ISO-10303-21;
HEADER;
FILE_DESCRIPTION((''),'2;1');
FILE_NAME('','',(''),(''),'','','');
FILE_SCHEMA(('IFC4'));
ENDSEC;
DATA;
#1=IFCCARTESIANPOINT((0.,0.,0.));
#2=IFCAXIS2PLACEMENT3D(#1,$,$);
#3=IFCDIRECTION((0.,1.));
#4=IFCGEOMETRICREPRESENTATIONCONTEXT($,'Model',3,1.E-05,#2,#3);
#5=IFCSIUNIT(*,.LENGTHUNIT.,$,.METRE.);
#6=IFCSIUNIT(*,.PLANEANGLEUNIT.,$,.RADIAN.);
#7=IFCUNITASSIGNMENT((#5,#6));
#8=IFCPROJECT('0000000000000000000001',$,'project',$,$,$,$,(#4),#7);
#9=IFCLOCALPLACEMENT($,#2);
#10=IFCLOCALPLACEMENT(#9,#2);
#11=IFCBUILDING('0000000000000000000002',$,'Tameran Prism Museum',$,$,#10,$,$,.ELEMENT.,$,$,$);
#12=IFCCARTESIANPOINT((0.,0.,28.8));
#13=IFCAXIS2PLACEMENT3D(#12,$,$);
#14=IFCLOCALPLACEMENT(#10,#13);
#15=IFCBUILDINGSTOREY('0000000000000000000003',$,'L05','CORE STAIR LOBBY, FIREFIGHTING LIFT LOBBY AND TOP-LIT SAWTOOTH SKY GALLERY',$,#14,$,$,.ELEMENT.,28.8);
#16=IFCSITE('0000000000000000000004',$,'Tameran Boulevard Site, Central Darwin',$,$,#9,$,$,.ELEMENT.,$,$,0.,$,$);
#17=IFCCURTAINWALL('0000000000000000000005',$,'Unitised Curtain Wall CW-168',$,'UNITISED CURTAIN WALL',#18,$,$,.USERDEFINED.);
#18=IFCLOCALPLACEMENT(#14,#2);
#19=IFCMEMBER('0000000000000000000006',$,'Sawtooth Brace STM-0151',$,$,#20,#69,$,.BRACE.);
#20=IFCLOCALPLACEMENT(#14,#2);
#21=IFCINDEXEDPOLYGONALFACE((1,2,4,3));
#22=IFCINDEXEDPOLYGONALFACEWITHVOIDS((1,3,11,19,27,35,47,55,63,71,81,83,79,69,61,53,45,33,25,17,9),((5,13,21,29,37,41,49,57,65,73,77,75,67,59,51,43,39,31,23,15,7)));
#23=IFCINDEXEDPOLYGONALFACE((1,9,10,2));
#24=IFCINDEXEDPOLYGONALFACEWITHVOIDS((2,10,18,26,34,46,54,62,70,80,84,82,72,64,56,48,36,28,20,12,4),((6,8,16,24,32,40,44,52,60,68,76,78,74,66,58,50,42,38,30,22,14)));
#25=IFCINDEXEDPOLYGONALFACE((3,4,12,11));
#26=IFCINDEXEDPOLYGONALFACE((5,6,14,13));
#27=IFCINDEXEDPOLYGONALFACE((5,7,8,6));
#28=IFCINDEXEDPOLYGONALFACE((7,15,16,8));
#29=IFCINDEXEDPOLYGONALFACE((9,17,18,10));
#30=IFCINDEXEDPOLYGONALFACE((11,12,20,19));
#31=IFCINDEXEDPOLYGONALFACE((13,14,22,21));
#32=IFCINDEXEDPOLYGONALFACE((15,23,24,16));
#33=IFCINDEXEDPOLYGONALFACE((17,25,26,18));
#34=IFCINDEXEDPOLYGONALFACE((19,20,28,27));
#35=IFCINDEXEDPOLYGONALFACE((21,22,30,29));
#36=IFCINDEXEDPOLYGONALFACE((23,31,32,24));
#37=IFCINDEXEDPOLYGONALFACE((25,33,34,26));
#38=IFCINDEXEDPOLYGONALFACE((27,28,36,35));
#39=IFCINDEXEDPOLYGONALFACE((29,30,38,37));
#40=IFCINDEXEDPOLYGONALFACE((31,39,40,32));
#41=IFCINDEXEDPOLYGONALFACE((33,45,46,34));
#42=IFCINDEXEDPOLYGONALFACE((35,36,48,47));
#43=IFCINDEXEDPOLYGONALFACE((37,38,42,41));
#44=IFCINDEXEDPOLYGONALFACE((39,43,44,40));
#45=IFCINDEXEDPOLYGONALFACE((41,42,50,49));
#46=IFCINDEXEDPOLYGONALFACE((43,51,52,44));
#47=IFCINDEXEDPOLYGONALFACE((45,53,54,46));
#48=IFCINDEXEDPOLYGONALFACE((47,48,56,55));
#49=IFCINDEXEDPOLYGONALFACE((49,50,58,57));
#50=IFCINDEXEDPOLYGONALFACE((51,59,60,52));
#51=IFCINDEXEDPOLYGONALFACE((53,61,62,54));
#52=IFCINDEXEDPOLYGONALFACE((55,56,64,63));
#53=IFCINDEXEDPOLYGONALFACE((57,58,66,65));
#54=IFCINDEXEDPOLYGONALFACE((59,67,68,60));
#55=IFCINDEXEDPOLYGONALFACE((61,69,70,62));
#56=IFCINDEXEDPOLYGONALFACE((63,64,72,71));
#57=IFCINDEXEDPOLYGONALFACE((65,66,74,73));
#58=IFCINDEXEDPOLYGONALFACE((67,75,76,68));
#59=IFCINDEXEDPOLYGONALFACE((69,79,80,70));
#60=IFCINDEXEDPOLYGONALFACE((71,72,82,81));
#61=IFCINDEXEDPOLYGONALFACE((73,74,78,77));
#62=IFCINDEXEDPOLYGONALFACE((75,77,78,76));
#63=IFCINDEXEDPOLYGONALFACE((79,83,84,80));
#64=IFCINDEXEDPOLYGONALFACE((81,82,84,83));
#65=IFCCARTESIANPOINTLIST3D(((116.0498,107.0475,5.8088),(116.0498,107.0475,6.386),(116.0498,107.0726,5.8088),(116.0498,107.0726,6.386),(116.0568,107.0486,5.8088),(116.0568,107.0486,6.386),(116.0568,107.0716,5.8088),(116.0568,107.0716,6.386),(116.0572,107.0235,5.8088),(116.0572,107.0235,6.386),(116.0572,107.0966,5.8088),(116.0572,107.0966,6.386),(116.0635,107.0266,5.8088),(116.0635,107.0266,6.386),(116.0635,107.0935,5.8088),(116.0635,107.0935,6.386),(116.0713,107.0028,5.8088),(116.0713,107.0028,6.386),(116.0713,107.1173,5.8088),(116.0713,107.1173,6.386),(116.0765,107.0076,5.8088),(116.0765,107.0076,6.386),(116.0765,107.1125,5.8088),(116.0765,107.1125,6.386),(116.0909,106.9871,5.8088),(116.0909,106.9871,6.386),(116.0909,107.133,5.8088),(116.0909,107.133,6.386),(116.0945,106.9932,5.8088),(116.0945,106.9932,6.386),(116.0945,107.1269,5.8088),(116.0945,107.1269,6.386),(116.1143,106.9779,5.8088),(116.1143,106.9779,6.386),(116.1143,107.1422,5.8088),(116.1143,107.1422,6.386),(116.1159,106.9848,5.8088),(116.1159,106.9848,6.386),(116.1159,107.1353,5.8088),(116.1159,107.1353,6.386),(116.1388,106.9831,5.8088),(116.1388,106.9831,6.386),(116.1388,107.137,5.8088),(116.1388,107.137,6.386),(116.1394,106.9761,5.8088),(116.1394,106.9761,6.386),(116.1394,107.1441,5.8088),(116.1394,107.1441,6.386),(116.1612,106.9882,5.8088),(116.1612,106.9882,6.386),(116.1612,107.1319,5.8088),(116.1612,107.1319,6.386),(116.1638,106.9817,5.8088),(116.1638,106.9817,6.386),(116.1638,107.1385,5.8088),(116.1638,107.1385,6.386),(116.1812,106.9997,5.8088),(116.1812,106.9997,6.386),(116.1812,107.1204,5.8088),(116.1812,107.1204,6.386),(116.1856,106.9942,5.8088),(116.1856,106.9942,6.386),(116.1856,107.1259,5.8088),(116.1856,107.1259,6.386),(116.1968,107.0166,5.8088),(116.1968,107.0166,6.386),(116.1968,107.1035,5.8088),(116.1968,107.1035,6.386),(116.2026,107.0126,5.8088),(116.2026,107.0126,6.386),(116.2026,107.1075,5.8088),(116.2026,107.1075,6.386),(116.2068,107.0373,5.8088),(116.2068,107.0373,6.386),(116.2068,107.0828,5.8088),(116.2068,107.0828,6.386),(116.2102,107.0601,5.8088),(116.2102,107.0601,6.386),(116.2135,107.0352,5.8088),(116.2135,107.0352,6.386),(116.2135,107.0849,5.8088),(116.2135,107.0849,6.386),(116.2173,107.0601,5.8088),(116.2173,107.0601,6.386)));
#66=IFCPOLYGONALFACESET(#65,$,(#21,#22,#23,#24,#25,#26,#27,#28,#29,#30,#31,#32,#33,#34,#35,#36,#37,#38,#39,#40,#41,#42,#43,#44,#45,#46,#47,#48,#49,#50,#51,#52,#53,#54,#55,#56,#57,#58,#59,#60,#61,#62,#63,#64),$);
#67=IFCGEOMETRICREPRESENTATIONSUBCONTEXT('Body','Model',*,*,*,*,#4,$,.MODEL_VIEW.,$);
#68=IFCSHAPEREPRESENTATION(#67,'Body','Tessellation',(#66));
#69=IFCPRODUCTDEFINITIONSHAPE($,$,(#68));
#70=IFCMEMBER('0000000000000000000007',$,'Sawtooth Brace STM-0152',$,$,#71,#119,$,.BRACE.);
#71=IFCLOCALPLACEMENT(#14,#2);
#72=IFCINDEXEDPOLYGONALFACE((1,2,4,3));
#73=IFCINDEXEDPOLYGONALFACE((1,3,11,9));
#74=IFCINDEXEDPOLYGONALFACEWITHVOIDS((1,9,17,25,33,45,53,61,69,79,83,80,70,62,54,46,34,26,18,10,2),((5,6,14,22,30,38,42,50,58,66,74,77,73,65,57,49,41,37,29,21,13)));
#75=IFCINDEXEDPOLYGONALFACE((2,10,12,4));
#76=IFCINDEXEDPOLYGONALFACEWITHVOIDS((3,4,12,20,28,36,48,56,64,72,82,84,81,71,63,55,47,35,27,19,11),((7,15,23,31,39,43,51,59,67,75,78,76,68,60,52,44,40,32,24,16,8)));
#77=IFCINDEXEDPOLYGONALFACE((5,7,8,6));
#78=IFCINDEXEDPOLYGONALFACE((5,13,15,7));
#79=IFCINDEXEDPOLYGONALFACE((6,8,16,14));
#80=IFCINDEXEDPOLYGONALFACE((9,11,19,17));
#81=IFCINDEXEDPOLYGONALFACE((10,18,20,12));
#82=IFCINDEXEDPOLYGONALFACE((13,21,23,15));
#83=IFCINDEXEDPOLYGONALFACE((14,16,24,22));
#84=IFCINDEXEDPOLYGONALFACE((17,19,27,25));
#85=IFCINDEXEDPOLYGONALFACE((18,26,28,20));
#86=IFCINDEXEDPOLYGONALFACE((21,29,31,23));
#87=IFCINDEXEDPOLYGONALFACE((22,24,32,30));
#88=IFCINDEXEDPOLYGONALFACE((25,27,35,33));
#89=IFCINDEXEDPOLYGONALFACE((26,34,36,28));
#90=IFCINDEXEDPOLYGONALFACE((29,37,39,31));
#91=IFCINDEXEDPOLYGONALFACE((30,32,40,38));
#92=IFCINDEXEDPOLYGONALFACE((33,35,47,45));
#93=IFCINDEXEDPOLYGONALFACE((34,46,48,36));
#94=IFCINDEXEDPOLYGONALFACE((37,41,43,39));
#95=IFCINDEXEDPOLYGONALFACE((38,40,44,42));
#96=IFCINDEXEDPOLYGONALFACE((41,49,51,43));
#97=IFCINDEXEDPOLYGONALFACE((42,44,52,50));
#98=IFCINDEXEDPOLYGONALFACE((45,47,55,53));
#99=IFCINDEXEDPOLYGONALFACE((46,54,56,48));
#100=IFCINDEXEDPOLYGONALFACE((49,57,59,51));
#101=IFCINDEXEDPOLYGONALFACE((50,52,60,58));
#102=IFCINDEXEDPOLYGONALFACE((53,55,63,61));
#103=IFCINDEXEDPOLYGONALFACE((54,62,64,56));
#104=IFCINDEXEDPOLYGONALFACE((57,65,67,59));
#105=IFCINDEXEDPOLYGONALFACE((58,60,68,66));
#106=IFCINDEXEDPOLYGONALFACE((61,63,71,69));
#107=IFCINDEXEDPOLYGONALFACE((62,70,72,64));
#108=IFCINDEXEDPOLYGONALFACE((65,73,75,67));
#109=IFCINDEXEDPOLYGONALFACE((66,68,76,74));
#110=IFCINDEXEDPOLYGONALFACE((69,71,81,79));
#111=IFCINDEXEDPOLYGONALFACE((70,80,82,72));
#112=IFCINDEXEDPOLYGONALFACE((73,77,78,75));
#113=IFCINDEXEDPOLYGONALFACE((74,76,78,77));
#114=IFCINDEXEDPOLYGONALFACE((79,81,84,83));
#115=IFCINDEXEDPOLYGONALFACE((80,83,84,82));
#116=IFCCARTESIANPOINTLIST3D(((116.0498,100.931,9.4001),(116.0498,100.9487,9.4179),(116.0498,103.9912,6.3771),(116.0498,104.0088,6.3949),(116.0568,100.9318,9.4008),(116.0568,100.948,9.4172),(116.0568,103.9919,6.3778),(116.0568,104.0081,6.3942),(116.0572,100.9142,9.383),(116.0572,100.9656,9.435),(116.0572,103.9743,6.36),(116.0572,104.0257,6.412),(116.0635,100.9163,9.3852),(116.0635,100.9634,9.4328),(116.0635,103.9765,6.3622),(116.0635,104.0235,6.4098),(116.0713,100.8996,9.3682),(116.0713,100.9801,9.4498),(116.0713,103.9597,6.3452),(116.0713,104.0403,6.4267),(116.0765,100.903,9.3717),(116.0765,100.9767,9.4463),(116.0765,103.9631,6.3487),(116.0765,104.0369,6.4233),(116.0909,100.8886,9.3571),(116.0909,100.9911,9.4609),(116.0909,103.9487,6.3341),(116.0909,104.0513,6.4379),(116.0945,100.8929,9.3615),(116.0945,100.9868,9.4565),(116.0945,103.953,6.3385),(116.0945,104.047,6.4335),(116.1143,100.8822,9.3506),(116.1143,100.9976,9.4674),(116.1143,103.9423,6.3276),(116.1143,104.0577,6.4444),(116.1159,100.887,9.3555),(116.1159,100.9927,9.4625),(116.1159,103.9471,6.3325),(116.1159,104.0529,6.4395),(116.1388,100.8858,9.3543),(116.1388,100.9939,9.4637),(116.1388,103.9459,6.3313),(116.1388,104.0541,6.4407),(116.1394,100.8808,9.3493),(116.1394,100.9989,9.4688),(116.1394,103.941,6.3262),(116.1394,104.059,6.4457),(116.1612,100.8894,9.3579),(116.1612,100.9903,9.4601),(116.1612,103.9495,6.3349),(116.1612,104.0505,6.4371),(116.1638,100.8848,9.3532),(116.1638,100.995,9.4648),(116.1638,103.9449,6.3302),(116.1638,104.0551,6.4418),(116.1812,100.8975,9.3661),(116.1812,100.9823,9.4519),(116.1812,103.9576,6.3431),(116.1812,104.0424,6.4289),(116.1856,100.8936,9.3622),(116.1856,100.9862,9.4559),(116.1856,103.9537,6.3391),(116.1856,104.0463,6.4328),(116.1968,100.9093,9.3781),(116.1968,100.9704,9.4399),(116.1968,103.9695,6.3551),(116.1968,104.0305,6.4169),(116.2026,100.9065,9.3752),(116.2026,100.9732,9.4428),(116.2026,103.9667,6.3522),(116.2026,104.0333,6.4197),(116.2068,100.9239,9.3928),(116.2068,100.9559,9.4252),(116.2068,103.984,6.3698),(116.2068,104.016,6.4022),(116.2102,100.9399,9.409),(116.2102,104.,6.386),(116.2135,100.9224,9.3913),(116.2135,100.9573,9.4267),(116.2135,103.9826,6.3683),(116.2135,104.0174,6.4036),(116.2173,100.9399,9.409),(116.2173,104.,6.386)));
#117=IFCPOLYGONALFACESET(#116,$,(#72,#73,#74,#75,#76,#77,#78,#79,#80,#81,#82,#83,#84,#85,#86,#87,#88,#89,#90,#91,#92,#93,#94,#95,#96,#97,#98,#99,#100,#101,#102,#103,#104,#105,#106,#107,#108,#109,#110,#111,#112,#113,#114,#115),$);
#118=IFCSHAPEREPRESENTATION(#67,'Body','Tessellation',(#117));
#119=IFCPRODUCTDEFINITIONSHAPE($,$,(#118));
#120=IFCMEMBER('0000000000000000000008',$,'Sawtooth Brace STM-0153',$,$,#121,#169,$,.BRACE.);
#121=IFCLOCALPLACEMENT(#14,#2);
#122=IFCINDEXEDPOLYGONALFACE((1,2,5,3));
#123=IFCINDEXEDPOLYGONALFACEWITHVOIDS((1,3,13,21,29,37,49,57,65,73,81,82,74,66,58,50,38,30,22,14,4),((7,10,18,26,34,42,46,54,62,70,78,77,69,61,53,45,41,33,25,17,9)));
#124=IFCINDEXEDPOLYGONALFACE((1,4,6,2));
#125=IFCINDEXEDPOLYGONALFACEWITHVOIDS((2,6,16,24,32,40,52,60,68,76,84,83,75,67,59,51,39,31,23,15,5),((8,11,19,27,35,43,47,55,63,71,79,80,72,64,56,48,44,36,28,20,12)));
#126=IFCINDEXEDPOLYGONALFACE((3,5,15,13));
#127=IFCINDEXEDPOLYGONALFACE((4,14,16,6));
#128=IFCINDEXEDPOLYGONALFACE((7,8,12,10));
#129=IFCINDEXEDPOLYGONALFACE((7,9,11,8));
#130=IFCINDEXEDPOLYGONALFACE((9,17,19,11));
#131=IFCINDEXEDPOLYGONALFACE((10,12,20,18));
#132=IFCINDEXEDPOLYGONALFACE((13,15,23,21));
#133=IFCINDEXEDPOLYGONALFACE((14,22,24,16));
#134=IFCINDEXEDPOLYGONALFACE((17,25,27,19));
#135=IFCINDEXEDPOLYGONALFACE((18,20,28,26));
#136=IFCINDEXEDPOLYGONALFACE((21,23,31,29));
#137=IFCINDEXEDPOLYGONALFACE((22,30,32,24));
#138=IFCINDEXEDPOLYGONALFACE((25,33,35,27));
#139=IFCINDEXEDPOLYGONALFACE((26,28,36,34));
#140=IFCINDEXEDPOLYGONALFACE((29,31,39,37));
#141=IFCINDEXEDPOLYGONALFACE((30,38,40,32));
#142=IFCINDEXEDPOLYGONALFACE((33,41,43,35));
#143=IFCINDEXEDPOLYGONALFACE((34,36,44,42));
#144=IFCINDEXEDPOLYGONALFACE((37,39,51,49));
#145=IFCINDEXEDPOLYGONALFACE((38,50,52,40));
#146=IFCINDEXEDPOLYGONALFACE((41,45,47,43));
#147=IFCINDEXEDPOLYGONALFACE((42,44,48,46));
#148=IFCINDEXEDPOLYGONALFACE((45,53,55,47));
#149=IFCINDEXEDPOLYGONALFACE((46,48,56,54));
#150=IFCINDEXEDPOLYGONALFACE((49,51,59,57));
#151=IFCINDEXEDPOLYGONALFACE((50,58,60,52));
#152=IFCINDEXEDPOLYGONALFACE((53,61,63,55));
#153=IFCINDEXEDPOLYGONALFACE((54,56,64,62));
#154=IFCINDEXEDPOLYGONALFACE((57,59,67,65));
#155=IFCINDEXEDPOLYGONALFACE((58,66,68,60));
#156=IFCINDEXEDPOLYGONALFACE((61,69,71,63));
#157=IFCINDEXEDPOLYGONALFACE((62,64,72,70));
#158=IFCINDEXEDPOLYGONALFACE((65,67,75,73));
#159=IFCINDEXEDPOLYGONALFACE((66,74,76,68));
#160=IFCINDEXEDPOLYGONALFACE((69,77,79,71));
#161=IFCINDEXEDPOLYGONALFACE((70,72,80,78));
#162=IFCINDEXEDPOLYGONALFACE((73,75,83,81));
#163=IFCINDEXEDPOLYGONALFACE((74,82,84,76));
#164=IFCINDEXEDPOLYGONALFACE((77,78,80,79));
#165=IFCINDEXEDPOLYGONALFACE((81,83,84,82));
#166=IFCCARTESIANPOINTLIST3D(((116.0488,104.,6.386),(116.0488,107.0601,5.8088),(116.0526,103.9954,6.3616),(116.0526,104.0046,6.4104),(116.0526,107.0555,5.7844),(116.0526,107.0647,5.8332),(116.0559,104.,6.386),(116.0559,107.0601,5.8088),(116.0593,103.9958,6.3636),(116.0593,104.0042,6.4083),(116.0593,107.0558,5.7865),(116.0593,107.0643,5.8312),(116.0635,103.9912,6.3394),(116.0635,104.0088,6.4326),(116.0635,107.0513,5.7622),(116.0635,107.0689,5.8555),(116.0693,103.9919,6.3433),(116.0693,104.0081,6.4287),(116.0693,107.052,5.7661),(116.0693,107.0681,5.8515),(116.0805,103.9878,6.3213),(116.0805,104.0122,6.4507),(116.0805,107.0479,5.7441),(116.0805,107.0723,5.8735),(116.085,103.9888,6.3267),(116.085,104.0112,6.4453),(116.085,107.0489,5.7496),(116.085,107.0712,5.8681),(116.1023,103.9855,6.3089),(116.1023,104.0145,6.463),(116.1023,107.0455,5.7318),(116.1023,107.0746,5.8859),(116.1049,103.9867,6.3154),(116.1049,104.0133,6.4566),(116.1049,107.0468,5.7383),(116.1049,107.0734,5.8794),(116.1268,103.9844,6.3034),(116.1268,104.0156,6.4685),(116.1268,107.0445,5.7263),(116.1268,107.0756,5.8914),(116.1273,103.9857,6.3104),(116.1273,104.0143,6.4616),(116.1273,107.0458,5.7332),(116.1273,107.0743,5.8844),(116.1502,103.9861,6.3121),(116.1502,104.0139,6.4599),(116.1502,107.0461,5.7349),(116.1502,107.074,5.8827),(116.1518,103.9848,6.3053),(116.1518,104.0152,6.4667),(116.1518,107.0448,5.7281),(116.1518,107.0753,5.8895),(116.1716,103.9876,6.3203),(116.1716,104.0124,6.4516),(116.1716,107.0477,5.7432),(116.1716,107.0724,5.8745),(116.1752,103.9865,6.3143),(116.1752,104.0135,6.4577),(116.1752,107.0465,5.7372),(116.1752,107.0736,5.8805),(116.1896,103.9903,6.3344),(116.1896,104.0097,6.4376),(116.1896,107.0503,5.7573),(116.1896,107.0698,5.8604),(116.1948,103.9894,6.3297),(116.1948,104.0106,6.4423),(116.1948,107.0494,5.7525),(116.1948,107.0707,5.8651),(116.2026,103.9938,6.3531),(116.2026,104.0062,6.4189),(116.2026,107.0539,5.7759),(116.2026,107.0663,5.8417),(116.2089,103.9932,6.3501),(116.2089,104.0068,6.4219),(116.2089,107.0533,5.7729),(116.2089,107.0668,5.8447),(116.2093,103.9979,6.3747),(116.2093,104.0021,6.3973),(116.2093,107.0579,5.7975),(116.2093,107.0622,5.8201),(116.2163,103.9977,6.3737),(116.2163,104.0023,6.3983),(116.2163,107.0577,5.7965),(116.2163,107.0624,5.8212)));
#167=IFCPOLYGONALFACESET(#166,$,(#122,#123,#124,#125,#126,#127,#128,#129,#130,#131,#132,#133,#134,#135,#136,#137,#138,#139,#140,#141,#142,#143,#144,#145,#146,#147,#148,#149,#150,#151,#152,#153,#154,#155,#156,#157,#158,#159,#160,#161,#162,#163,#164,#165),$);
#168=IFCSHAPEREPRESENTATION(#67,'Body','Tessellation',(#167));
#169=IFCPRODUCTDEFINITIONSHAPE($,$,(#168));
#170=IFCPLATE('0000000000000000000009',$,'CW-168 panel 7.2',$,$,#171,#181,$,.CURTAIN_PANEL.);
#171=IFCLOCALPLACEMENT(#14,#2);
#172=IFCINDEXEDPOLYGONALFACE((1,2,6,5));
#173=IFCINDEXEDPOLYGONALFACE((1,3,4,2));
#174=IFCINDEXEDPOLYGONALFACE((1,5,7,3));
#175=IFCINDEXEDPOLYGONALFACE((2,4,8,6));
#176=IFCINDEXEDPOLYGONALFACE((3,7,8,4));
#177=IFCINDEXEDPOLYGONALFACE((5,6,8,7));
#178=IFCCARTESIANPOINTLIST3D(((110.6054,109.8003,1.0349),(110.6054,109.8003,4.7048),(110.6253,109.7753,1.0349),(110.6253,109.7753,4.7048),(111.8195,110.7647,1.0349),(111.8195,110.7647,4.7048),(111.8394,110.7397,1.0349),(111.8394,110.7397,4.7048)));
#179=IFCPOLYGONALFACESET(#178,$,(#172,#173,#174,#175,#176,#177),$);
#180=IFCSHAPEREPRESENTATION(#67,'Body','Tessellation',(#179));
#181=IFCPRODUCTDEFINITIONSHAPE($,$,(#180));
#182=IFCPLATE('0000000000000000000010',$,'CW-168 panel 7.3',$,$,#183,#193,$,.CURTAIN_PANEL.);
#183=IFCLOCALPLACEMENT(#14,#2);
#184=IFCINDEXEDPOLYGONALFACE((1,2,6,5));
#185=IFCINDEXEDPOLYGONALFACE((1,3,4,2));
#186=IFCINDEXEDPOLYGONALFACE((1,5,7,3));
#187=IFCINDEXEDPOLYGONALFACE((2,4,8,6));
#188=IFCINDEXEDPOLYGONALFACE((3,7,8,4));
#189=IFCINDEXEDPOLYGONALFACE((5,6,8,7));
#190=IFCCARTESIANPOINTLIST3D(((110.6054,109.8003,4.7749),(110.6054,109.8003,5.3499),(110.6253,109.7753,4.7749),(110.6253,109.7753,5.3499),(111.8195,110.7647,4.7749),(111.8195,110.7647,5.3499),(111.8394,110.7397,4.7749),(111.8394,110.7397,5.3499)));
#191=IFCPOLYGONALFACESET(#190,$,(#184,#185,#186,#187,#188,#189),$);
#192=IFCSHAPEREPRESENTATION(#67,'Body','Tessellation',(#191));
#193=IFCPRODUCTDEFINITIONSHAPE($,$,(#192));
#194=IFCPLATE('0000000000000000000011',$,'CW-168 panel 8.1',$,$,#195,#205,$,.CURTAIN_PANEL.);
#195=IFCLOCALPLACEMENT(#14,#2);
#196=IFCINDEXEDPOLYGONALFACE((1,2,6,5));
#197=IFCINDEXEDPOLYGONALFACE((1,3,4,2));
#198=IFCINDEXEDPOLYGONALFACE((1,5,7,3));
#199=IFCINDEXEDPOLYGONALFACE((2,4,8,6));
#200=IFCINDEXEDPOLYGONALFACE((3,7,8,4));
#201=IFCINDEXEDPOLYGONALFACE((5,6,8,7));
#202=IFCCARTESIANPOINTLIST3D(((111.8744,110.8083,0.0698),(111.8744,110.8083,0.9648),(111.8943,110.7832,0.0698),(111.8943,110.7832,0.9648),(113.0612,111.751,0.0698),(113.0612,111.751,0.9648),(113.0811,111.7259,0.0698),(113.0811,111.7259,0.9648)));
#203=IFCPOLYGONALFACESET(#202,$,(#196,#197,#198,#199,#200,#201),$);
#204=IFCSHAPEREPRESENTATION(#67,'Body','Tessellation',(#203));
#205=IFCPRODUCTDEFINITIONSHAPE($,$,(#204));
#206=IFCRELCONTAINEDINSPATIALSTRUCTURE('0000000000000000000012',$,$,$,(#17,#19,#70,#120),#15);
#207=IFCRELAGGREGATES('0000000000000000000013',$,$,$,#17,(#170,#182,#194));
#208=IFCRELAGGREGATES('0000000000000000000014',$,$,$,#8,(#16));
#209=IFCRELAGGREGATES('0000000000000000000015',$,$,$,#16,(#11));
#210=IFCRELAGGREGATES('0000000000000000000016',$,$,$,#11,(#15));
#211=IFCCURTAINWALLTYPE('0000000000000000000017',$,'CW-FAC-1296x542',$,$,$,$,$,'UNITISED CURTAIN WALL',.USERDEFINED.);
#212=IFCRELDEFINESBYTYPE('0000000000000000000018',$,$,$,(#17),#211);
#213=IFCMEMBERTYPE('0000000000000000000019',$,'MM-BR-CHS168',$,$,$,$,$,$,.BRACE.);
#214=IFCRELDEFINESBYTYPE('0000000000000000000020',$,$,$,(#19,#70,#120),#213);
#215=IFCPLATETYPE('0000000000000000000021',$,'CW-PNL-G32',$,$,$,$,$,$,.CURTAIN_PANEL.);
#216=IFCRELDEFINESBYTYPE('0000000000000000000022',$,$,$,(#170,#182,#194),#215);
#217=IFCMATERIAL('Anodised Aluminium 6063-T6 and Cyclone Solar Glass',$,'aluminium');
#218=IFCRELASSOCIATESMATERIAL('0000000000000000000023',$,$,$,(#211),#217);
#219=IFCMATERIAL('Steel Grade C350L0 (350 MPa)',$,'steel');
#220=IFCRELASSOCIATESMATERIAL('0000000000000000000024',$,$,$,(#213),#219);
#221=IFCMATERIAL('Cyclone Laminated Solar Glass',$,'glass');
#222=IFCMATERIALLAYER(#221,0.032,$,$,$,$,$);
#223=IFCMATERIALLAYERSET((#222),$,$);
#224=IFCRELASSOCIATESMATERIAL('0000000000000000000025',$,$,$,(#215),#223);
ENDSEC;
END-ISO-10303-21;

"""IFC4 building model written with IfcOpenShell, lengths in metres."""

from ifc_helpers import new_model, si_unit, direction, frame, origin, origin_2d, place, context, subcontext, project, spatial, rectangle, hollow_circle, extrude, material, layer, layer_set, material_profile, profile_set, type_object, element, aggregate, save


model = new_model("IFC4")

# Units and contexts
model_context = context("Model", 3, precision=1e-05, world=origin(), true_north=direction((0.0, 1.0)))
body_context = subcontext(model_context, "Body", "Model", "MODEL_VIEW")
ifc_project = project(units=[si_unit("LENGTHUNIT", "METRE"), si_unit("PLANEANGLEUNIT", "RADIAN")], contexts=[model_context])

# Site, building, storey
site_placement = place(None, origin())
site = spatial("IfcSite", under=ifc_project, at=site_placement, Name="Tameran Boulevard Site, Central Darwin", CompositionType="ELEMENT", RefElevation=0.0)
building_placement = place(site_placement, origin())
building = spatial("IfcBuilding", under=site, at=building_placement, Name="Tameran Prism Museum", CompositionType="ELEMENT")
storey_placement = place(building_placement, frame((0.0, 0.0, 28.8)))
storey = spatial("IfcBuildingStorey", under=building, at=storey_placement, Name="L05", Description="CORE STAIR LOBBY, FIREFIGHTING LIFT LOBBY AND TOP-LIT SAWTOOTH SKY GALLERY", CompositionType="ELEMENT", Elevation=28.8)

# Curtain wall
ifc_material_1 = material(Name="Anodised Aluminium 6063-T6 and Cyclone Solar Glass", Category="aluminium")
curtain_wall_type = type_object("IfcCurtainWallType", Name="CW-FAC-1296x542", ElementType="UNITISED CURTAIN WALL", PredefinedType="USERDEFINED", material=ifc_material_1)
curtain_wall_placement = place(storey_placement, origin())
curtain_wall = element("IfcCurtainWall", 1, at=curtain_wall_placement, inside=storey, type_object=curtain_wall_type, Name="Unitised Curtain Wall CW-168", ObjectType="UNITISED CURTAIN WALL", PredefinedType="USERDEFINED")

# Members
ifc_material_2 = material(Name="Steel Grade C350L0 (350 MPa)", Category="steel")
ifc_material_profile_1 = material_profile(ifc_material_2, hollow_circle(Radius=0.0842, WallThickness=0.0071, at=origin_2d()))
ifc_profile_set_1 = profile_set([ifc_material_profile_1])
member_type_1 = type_object("IfcMemberType", Name="MM-BR-CHS168", PredefinedType="BRACE", material=ifc_profile_set_1)
member_1_placement = place(storey_placement, frame((116.1331, 107.0601, 6.386), z_axis=(0.0, 0.0, -1.0), x_axis=(1.0, 0.0, 0.0)))
element("IfcMember", 2, at=member_1_placement, inside=storey, type_object=member_type_1, Name="Sawtooth Brace STM-0151", PredefinedType="BRACE", context=body_context, shape_type="SweptSolid", body=[
    extrude(hollow_circle(Radius=0.0842, WallThickness=0.0071, at=origin_2d()), origin(), (0.0, 0.0, 1.0), 0.5771),
])
member_2_placement = place(storey_placement, frame((116.1331, 104.0, 6.386), z_axis=(0.0, -0.711407, 0.70278), x_axis=(1.0, 0.0, 0.0)))
element("IfcMember", 3, at=member_2_placement, inside=storey, type_object=member_type_1, Name="Sawtooth Brace STM-0152", PredefinedType="BRACE", context=body_context, shape_type="SweptSolid", body=[
    extrude(hollow_circle(Radius=0.0842, WallThickness=0.0071, at=origin_2d()), origin(), (0.0, 0.0, 1.0), 4.3015),
])
member_3_placement = place(storey_placement, frame((116.1331, 104.0, 6.386), z_axis=(0.0, 0.982675, -0.185339), x_axis=(-1.0, 0.0, 0.0)))
element("IfcMember", 4, at=member_3_placement, inside=storey, type_object=member_type_1, Name="Sawtooth Brace STM-0153", PredefinedType="BRACE", context=body_context, shape_type="SweptSolid", body=[
    extrude(hollow_circle(Radius=0.0842, WallThickness=0.0071, at=origin_2d()), origin(), (0.0, 0.0, 1.0), 3.114),
])

# Plates
ifc_material_3 = material(Name="Cyclone Laminated Solar Glass", Category="glass")
ifc_layer_1 = layer(ifc_material_3, 0.032)
ifc_layer_set_1 = layer_set([ifc_layer_1])
plate_type_1 = type_object("IfcPlateType", Name="CW-PNL-G32", PredefinedType="CURTAIN_PANEL", material=ifc_layer_set_1)
plate_1_placement = place(storey_placement, frame((111.2224, 110.27, 1.0349), z_axis=(0.0, 0.0, 1.0), x_axis=(0.783031, 0.621982, 0.0)))
plate_1 = element("IfcPlate", 5, at=plate_1_placement, type_object=plate_type_1, Name="CW-168 panel 7.2", PredefinedType="CURTAIN_PANEL", context=body_context, shape_type="SweptSolid", body=[
    extrude(rectangle(XDim=1.5505, YDim=0.032, at=origin_2d()), origin(), (0.0, 0.0, 1.0), 3.6699),
])
plate_2_placement = place(storey_placement, frame((111.2224, 110.27, 4.7749), z_axis=(0.0, 0.0, 1.0), x_axis=(0.783031, 0.621982, 0.0)))
plate_2 = element("IfcPlate", 6, at=plate_2_placement, type_object=plate_type_1, Name="CW-168 panel 7.3", PredefinedType="CURTAIN_PANEL", context=body_context, shape_type="SweptSolid", body=[
    extrude(rectangle(XDim=1.5505, YDim=0.032, at=origin_2d()), origin(), (0.0, 0.0, 1.0), 0.575),
])
plate_3_placement = place(storey_placement, frame((112.4778, 111.2671, 0.0698), z_axis=(0.0, 0.0, 1.0), x_axis=(0.783031, 0.621982, 0.0)))
plate_3 = element("IfcPlate", 7, at=plate_3_placement, type_object=plate_type_1, Name="CW-168 panel 8.1", PredefinedType="CURTAIN_PANEL", context=body_context, shape_type="SweptSolid", body=[
    extrude(rectangle(XDim=1.5156, YDim=0.032, at=origin_2d()), origin(), (0.0, 0.0, 1.0), 0.895),
])
aggregate(curtain_wall, [plate_1, plate_2, plate_3])

save(model, "model.ifc")
